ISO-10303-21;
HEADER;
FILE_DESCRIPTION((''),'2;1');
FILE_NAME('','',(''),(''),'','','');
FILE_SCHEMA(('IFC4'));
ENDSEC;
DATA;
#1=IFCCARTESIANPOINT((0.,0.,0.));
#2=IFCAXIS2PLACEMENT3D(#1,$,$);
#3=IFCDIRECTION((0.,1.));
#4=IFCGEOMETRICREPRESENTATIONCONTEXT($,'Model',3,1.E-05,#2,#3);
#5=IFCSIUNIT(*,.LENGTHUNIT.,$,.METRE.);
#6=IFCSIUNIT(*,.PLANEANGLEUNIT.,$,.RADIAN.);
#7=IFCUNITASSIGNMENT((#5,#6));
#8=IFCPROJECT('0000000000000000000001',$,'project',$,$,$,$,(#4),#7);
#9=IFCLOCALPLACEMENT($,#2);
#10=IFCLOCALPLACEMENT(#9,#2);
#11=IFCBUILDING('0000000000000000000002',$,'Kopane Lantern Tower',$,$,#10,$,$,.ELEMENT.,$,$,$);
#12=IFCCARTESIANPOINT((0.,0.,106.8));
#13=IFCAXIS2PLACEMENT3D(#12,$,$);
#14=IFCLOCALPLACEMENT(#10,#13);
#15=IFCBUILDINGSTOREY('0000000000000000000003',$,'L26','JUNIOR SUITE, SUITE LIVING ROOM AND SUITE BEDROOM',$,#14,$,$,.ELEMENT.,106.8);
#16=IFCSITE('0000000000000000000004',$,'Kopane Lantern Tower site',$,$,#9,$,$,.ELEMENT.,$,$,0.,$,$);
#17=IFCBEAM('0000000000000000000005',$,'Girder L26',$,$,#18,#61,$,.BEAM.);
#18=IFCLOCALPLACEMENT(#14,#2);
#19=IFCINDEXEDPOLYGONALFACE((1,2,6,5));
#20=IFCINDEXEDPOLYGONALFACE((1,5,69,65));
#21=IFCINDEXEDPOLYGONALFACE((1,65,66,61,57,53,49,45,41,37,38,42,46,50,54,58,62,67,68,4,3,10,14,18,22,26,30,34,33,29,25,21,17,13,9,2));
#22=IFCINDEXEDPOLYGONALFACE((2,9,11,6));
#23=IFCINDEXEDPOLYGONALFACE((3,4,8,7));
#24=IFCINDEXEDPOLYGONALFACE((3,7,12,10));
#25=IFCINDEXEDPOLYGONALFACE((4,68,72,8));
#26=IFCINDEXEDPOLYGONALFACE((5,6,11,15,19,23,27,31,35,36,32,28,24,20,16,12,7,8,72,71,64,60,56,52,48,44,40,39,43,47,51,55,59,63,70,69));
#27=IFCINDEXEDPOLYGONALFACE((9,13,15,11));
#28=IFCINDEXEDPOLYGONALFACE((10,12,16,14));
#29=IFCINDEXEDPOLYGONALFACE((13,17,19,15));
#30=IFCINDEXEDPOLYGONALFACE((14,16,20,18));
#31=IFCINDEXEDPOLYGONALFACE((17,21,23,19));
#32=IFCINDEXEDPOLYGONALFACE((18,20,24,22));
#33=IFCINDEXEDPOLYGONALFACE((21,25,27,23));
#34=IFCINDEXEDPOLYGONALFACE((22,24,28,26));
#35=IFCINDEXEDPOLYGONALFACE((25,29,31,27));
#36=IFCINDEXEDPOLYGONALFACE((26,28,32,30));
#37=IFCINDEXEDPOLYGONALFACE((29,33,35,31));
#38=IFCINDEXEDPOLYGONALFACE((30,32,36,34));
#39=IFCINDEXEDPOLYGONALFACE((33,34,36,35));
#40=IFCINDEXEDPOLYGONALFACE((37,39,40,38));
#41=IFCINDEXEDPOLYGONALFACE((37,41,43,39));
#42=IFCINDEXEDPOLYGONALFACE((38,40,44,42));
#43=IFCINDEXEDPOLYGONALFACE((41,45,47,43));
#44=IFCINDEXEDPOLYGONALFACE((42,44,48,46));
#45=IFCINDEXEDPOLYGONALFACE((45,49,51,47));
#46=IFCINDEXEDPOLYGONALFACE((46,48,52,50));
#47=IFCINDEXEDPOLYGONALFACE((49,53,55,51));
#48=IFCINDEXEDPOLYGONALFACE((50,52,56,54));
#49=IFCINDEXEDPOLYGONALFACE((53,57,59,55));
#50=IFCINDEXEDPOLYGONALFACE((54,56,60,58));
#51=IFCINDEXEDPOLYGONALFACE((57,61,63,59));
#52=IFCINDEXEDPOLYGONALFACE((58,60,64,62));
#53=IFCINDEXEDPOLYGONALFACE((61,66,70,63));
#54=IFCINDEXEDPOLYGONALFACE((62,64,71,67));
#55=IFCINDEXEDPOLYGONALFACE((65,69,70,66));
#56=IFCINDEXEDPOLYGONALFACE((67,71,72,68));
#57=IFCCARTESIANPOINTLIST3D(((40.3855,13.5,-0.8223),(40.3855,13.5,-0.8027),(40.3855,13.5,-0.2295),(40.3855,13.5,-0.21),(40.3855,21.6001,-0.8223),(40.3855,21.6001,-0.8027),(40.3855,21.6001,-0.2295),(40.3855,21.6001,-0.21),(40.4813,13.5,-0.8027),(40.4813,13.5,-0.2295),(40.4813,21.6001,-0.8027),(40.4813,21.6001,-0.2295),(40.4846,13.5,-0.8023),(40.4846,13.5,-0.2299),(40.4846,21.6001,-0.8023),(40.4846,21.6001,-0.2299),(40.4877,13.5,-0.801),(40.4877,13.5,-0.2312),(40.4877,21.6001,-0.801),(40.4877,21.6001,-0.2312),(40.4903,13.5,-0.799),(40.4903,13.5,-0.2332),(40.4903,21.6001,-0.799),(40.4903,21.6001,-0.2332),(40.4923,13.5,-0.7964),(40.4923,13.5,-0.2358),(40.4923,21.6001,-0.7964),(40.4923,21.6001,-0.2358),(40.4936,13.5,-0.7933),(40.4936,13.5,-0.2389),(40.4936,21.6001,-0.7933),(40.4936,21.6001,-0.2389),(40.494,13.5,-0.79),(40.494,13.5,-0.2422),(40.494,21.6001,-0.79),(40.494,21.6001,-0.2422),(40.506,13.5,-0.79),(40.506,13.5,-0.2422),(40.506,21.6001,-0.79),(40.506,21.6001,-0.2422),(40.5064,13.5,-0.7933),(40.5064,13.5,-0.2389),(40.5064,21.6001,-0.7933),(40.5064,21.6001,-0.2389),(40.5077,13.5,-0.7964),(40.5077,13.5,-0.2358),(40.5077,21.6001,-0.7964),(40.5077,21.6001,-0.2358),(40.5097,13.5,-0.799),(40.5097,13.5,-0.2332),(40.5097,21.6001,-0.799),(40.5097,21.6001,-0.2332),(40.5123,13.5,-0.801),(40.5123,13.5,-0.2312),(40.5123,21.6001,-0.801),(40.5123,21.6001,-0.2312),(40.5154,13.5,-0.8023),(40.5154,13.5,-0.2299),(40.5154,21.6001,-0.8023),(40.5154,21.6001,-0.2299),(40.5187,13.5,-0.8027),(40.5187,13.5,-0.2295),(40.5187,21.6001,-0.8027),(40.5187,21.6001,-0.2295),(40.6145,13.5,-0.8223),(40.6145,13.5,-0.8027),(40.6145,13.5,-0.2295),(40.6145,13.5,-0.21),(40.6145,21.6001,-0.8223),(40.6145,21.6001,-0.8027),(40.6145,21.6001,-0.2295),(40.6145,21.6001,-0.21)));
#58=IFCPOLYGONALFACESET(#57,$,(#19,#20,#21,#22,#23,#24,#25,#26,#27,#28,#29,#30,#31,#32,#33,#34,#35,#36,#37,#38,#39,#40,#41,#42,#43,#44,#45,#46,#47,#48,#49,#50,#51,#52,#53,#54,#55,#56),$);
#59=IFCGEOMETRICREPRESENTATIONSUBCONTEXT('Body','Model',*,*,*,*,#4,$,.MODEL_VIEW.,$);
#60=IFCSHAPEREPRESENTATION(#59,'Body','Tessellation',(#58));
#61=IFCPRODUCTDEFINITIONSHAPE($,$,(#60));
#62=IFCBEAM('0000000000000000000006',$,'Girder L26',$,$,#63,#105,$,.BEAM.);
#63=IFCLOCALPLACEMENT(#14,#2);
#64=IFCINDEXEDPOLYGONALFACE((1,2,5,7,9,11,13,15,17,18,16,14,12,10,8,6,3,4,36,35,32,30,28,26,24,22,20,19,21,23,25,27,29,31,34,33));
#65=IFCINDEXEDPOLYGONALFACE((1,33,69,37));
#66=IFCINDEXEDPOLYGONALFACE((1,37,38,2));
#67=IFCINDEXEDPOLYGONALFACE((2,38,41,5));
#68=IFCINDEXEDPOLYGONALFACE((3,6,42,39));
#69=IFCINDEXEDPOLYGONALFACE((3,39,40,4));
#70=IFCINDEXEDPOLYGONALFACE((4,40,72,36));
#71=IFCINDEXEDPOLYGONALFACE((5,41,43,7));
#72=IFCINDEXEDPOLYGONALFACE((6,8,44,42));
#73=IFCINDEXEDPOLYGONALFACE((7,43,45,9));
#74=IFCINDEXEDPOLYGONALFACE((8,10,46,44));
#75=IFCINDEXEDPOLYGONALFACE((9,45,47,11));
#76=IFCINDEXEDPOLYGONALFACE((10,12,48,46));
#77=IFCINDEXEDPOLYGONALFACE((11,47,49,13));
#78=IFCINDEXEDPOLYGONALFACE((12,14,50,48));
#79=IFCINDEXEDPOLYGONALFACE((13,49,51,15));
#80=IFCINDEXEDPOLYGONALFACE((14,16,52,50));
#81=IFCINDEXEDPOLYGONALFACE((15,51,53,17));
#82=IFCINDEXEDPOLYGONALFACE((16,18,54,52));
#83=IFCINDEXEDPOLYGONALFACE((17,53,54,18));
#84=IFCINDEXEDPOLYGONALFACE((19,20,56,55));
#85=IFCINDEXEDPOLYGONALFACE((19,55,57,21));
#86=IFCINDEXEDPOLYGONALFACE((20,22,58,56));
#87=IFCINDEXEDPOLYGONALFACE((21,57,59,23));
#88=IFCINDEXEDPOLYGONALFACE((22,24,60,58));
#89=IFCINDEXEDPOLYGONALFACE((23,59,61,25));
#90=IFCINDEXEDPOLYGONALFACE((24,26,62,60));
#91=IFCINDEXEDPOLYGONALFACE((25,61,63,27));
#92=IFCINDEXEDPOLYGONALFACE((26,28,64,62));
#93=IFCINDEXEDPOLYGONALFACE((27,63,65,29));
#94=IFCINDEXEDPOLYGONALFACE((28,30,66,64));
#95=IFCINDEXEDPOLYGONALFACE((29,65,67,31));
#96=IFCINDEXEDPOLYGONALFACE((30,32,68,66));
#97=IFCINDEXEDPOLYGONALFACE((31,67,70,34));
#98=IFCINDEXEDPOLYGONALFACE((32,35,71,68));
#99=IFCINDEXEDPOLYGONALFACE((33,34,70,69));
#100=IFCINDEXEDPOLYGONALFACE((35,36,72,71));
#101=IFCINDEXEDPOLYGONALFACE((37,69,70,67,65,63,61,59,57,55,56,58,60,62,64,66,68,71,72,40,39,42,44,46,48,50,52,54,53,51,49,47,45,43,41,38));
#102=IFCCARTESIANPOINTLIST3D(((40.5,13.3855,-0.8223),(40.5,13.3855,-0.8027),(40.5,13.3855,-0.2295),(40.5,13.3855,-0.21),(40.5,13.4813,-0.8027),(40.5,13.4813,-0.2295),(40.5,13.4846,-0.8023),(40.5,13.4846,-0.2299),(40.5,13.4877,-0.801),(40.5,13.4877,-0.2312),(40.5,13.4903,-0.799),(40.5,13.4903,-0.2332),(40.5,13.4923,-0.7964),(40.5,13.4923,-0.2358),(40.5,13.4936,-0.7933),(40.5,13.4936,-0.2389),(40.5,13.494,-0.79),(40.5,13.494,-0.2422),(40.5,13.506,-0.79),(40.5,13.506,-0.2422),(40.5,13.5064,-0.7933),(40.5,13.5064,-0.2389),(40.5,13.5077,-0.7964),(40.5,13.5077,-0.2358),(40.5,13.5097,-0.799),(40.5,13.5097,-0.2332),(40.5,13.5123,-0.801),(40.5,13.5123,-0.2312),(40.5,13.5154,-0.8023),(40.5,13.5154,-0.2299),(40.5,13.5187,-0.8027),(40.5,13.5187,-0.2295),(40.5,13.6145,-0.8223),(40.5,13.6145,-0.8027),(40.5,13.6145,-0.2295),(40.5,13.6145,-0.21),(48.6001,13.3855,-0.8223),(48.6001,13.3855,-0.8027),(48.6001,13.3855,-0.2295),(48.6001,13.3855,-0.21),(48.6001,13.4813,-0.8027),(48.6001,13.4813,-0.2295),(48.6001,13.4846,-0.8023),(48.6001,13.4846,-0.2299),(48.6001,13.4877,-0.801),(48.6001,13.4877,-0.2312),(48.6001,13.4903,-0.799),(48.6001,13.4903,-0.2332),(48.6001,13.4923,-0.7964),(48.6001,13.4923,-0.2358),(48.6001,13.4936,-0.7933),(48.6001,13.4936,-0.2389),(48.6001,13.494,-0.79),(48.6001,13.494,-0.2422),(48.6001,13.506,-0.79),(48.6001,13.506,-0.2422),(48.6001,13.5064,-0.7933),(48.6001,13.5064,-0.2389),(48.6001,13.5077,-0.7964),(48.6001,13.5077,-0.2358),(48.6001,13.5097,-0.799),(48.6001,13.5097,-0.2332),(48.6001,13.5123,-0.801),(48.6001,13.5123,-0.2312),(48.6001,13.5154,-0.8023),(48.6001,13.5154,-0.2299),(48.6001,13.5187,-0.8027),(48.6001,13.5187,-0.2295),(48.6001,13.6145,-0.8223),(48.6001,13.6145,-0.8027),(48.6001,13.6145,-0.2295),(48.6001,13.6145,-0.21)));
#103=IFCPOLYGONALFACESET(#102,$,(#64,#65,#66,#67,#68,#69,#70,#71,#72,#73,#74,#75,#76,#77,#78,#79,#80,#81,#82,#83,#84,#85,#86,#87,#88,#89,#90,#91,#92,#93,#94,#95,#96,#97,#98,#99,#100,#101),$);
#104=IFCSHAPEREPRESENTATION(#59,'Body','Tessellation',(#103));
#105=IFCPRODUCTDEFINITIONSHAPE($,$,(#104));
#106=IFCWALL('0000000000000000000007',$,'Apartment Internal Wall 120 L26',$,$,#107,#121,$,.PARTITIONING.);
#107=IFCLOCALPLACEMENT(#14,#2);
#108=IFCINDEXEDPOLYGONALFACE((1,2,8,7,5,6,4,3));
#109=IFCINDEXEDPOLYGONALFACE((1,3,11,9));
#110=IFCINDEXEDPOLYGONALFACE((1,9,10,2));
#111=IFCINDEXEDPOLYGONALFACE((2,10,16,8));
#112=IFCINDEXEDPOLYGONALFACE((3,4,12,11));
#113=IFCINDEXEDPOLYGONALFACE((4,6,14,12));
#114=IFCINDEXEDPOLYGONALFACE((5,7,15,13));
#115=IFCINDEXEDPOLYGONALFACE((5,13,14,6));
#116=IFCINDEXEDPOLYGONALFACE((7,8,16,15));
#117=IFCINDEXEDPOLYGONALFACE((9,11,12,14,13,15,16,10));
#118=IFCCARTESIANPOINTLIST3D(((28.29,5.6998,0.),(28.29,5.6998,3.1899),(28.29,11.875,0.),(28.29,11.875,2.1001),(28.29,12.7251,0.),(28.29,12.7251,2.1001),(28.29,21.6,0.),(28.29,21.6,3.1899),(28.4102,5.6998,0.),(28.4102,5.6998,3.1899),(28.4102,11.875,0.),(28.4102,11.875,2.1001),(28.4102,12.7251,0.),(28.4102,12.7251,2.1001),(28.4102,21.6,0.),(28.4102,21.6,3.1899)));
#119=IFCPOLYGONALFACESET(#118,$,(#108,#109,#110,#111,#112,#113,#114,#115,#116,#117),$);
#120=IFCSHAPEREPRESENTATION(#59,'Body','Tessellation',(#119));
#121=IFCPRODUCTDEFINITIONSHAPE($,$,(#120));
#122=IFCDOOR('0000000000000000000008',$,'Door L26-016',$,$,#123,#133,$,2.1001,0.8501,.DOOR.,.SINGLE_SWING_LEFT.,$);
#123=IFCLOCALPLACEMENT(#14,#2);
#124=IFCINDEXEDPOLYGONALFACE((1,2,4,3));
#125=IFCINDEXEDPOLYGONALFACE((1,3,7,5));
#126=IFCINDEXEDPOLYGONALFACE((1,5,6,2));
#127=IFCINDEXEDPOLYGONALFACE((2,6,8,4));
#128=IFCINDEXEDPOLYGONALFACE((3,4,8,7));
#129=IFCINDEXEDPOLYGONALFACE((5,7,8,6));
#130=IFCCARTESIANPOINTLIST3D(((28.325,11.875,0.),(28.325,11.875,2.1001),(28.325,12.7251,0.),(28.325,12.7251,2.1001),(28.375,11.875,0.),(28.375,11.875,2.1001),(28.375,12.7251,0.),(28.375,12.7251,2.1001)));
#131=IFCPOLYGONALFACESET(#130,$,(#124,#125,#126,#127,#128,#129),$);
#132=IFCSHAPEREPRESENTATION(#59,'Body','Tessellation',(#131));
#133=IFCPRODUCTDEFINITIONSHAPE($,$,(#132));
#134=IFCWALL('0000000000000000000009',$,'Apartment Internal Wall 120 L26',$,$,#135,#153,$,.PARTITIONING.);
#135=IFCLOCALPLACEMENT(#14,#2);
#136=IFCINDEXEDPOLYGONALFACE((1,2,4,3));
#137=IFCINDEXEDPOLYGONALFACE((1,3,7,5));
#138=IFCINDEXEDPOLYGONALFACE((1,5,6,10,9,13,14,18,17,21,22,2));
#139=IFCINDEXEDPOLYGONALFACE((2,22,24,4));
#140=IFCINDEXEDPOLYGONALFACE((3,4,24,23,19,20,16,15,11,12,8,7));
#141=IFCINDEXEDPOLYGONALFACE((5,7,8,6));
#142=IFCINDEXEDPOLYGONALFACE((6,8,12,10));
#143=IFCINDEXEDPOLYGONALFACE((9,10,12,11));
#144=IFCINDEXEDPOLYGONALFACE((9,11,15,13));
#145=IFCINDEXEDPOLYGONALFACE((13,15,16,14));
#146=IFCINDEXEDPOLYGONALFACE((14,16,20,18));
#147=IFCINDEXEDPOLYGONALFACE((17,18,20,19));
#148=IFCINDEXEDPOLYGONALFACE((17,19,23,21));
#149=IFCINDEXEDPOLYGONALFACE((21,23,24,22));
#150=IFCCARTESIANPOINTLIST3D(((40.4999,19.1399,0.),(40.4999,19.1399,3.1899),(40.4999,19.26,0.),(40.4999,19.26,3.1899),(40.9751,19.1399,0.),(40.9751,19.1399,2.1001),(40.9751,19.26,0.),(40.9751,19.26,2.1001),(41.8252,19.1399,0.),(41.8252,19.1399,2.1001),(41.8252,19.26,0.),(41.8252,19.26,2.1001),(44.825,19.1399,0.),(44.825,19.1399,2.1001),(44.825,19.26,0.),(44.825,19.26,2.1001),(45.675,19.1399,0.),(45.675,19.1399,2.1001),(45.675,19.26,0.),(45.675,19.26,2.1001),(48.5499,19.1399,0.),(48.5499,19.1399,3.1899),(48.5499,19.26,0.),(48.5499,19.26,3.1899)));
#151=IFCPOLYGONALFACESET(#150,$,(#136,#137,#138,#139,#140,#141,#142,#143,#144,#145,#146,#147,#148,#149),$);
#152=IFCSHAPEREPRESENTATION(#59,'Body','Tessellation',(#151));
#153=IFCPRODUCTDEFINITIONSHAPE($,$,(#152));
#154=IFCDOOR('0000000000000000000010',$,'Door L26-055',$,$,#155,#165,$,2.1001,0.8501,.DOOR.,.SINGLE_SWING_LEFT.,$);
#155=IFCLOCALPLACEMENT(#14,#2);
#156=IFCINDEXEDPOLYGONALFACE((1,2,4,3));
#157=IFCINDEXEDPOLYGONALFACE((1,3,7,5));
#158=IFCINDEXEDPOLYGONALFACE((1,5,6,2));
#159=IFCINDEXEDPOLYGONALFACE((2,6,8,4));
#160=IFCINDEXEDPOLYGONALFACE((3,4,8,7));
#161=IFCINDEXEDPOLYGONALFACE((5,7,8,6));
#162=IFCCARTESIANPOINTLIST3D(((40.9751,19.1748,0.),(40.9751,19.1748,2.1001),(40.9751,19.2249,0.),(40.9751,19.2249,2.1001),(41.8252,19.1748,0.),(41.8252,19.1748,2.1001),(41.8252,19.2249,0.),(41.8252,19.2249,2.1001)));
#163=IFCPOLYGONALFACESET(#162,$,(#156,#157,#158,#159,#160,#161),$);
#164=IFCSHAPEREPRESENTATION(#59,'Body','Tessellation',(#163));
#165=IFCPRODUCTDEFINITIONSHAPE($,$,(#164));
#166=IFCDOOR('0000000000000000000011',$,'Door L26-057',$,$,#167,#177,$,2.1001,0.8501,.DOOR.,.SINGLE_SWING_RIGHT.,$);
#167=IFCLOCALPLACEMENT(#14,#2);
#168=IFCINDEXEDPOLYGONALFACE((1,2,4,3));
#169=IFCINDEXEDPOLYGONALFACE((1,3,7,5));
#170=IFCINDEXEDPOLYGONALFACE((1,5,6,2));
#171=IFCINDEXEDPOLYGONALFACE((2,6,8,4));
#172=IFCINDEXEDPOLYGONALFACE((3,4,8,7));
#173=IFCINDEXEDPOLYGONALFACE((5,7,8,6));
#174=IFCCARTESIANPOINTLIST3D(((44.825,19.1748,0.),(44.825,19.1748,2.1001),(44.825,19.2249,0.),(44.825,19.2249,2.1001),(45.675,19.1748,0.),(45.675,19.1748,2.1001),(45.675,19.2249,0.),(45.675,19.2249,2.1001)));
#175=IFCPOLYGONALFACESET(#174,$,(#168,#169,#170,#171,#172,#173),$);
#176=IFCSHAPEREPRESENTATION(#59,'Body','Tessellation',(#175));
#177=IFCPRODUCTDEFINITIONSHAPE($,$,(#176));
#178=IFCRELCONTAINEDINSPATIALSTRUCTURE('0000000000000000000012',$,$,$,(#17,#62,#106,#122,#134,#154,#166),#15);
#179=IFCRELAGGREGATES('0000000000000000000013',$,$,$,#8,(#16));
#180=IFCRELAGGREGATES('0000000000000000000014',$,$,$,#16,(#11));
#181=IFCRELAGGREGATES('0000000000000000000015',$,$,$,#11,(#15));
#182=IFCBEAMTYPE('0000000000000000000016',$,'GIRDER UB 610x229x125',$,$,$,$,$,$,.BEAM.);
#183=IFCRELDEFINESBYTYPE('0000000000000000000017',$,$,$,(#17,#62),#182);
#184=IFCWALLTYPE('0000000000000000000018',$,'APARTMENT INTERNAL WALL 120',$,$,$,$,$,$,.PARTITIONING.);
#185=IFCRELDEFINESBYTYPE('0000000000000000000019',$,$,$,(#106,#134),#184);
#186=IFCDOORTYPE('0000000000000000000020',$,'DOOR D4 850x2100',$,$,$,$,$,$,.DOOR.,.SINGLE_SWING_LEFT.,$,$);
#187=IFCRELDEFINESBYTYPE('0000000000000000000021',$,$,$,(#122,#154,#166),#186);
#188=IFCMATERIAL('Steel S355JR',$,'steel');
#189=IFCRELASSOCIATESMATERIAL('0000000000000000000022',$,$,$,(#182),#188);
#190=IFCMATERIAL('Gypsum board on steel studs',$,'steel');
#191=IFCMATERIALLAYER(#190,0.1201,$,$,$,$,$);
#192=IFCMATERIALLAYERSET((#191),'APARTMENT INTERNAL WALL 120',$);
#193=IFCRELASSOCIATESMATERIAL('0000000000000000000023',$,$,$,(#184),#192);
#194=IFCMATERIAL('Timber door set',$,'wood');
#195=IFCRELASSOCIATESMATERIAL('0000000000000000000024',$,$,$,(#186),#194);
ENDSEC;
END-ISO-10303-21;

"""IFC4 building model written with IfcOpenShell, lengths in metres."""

from ifc_helpers import new_model, si_unit, direction, frame, frame_2d, origin, origin_2d, place, context, subcontext, project, spatial, rectangle, i_section, extrude, material, layer, layer_set, material_profile, profile_set, type_object, element, fill, save


model = new_model("IFC4")

# Units and contexts
model_context = context("Model", 3, precision=1e-05, world=origin(), true_north=direction((0.0, 1.0)))
body_context = subcontext(model_context, "Body", "Model", "MODEL_VIEW")
ifc_project = project(units=[si_unit("LENGTHUNIT", "METRE"), si_unit("PLANEANGLEUNIT", "RADIAN")], contexts=[model_context])

# Site, building, storey
site_placement = place(None, origin())
site = spatial("IfcSite", under=ifc_project, at=site_placement, Name="Kopane Lantern Tower site", CompositionType="ELEMENT", RefElevation=0.0)
building_placement = place(site_placement, origin())
building = spatial("IfcBuilding", under=site, at=building_placement, Name="Kopane Lantern Tower", CompositionType="ELEMENT")
storey_placement = place(building_placement, frame((0.0, 0.0, 106.8)))
storey = spatial("IfcBuildingStorey", under=building, at=storey_placement, Name="L26", Description="JUNIOR SUITE, SUITE LIVING ROOM AND SUITE BEDROOM", CompositionType="ELEMENT", Elevation=106.8)

# Beams
ifc_material_1 = material(Name="Steel S355JR", Category="steel")
ifc_material_profile_1 = material_profile(ifc_material_1, i_section(OverallWidth=0.229, OverallDepth=0.6123, WebThickness=0.012, FlangeThickness=0.0195, FilletRadius=0.0127, at=origin_2d()), Name="UB 610x229x125")
ifc_profile_set_1 = profile_set([ifc_material_profile_1], Name="Steel S355JR")
beam_type = type_object("IfcBeamType", Name="GIRDER UB 610x229x125", PredefinedType="BEAM", material=ifc_profile_set_1)
for number, where, z_axis, x_axis, name in (
    (1, (40.5, 13.5, -0.5161), (0.0, 1.0, 0.0), (-1.0, 0.0, 0.0), "Girder L26"),
    (2, (40.5, 13.5, -0.5161), (1.0, 0.0, 0.0), (0.0, 1.0, 0.0), "Girder L26"),
):
    element("IfcBeam", number, at=place(storey_placement, frame(where, z_axis=z_axis, x_axis=x_axis)), inside=storey, type_object=beam_type, Name=name, PredefinedType="BEAM", context=body_context, shape_type="SweptSolid", body=[
        extrude(i_section(OverallWidth=0.229, OverallDepth=0.6123, WebThickness=0.012, FlangeThickness=0.0195, FilletRadius=0.0127, at=origin_2d()), origin(), (0.0, 0.0, 1.0), 8.1001),
    ])

# Wall, opening, door
ifc_material_2 = material(Name="Gypsum board on steel studs", Category="steel")
ifc_layer_1 = layer(ifc_material_2, 0.1201)
ifc_layer_set_1 = layer_set([ifc_layer_1], Name="APARTMENT INTERNAL WALL 120")
wall_type_1 = type_object("IfcWallType", Name="APARTMENT INTERNAL WALL 120", PredefinedType="PARTITIONING", material=ifc_layer_set_1)
wall_1_placement = place(storey_placement, frame((28.3501, 21.6001, 0.0), z_axis=(0.0, 0.0, 1.0), x_axis=(0.0, -1.0, 0.0)))
wall_1 = element("IfcWall", 3, at=wall_1_placement, inside=storey, type_object=wall_type_1, Name="Apartment Internal Wall 120 L26", PredefinedType="PARTITIONING", context=body_context, shape_type="SweptSolid", body=[
    extrude(rectangle(XDim=15.9001, YDim=0.1201, at=frame_2d((7.9502, 0.0))), origin(), (0.0, 0.0, 1.0), 3.1899),
])
opening_1_placement = place(wall_1_placement, frame((8.875, 0.0, 0.0)))
opening_1 = element("IfcOpeningElement", 4, at=opening_1_placement, cuts=wall_1, PredefinedType="OPENING", context=body_context, shape_type="SweptSolid", body=[
    extrude(rectangle(XDim=0.8501, YDim=2.1001, at=frame_2d((0.425, 1.05))), frame((0.0, 0.0701, 0.0), z_axis=(0.0, -1.0, 0.0), x_axis=(1.0, 0.0, 0.0)), (0.0, 0.0, 1.0), 0.1401),
])
ifc_material_3 = material(Name="Timber door set", Category="wood")
door_type_1 = type_object("IfcDoorType", Name="DOOR D4 850x2100", OperationType="SINGLE_SWING_LEFT", PredefinedType="DOOR", material=ifc_material_3)
door_1_placement = place(opening_1_placement, origin())
door_1 = element("IfcDoor", 5, at=door_1_placement, inside=storey, type_object=door_type_1, Name="Door L26-016", OperationType="SINGLE_SWING_LEFT", OverallHeight=2.1001, OverallWidth=0.8501, PredefinedType="DOOR", context=body_context, shape_type="SweptSolid", body=[
    extrude(rectangle(XDim=0.8501, YDim=2.1001, at=frame_2d((0.425, 1.05))), frame((0.0, 0.0249, 0.0), z_axis=(0.0, -1.0, 0.0), x_axis=(1.0, 0.0, 0.0)), (0.0, 0.0, 1.0), 0.05),
])
fill(opening_1, door_1)

# Wall, openings, doors
wall_2_placement = place(storey_placement, frame((40.5, 19.2, 0.0), z_axis=(0.0, 0.0, 1.0), x_axis=(1.0, 0.0, 0.0)))
wall_2 = element("IfcWall", 6, at=wall_2_placement, inside=storey, type_object=wall_type_1, Name="Apartment Internal Wall 120 L26", PredefinedType="PARTITIONING", context=body_context, shape_type="SweptSolid", body=[
    extrude(rectangle(XDim=8.05, YDim=0.1201, at=frame_2d((4.0249, 0.0))), origin(), (0.0, 0.0, 1.0), 3.1899),
])
opening_2_placement = place(wall_2_placement, frame((0.4751, 0.0, 0.0)))
opening_2 = element("IfcOpeningElement", 7, at=opening_2_placement, cuts=wall_2, PredefinedType="OPENING", context=body_context, shape_type="SweptSolid", body=[
    extrude(rectangle(XDim=0.8501, YDim=2.1001, at=frame_2d((0.425, 1.05))), frame((0.0, 0.0701, 0.0), z_axis=(0.0, -1.0, 0.0), x_axis=(1.0, 0.0, 0.0)), (0.0, 0.0, 1.0), 0.1401),
])
opening_3_placement = place(wall_2_placement, frame((4.325, 0.0, 0.0)))
opening_3 = element("IfcOpeningElement", 8, at=opening_3_placement, cuts=wall_2, PredefinedType="OPENING", context=body_context, shape_type="SweptSolid", body=[
    extrude(rectangle(XDim=0.8501, YDim=2.1001, at=frame_2d((0.425, 1.05))), frame((0.0, 0.0701, 0.0), z_axis=(0.0, -1.0, 0.0), x_axis=(1.0, 0.0, 0.0)), (0.0, 0.0, 1.0), 0.1401),
])
door_2_placement = place(opening_2_placement, origin())
door_2 = element("IfcDoor", 9, at=door_2_placement, inside=storey, type_object=door_type_1, Name="Door L26-055", OperationType="SINGLE_SWING_LEFT", OverallHeight=2.1001, OverallWidth=0.8501, PredefinedType="DOOR", context=body_context, shape_type="SweptSolid", body=[
    extrude(rectangle(XDim=0.8501, YDim=2.1001, at=frame_2d((0.425, 1.05))), frame((0.0, 0.0249, 0.0), z_axis=(0.0, -1.0, 0.0), x_axis=(1.0, 0.0, 0.0)), (0.0, 0.0, 1.0), 0.05),
])
fill(opening_2, door_2)
door_3_placement = place(opening_3_placement, origin())
door_3 = element("IfcDoor", 10, at=door_3_placement, inside=storey, type_object=door_type_1, Name="Door L26-057", OperationType="SINGLE_SWING_RIGHT", OverallHeight=2.1001, OverallWidth=0.8501, PredefinedType="DOOR", context=body_context, shape_type="SweptSolid", body=[
    extrude(rectangle(XDim=0.8501, YDim=2.1001, at=frame_2d((0.425, 1.05))), frame((0.0, 0.0249, 0.0), z_axis=(0.0, -1.0, 0.0), x_axis=(1.0, 0.0, 0.0)), (0.0, 0.0, 1.0), 0.05),
])
fill(opening_3, door_3)

save(model, "model.ifc")
